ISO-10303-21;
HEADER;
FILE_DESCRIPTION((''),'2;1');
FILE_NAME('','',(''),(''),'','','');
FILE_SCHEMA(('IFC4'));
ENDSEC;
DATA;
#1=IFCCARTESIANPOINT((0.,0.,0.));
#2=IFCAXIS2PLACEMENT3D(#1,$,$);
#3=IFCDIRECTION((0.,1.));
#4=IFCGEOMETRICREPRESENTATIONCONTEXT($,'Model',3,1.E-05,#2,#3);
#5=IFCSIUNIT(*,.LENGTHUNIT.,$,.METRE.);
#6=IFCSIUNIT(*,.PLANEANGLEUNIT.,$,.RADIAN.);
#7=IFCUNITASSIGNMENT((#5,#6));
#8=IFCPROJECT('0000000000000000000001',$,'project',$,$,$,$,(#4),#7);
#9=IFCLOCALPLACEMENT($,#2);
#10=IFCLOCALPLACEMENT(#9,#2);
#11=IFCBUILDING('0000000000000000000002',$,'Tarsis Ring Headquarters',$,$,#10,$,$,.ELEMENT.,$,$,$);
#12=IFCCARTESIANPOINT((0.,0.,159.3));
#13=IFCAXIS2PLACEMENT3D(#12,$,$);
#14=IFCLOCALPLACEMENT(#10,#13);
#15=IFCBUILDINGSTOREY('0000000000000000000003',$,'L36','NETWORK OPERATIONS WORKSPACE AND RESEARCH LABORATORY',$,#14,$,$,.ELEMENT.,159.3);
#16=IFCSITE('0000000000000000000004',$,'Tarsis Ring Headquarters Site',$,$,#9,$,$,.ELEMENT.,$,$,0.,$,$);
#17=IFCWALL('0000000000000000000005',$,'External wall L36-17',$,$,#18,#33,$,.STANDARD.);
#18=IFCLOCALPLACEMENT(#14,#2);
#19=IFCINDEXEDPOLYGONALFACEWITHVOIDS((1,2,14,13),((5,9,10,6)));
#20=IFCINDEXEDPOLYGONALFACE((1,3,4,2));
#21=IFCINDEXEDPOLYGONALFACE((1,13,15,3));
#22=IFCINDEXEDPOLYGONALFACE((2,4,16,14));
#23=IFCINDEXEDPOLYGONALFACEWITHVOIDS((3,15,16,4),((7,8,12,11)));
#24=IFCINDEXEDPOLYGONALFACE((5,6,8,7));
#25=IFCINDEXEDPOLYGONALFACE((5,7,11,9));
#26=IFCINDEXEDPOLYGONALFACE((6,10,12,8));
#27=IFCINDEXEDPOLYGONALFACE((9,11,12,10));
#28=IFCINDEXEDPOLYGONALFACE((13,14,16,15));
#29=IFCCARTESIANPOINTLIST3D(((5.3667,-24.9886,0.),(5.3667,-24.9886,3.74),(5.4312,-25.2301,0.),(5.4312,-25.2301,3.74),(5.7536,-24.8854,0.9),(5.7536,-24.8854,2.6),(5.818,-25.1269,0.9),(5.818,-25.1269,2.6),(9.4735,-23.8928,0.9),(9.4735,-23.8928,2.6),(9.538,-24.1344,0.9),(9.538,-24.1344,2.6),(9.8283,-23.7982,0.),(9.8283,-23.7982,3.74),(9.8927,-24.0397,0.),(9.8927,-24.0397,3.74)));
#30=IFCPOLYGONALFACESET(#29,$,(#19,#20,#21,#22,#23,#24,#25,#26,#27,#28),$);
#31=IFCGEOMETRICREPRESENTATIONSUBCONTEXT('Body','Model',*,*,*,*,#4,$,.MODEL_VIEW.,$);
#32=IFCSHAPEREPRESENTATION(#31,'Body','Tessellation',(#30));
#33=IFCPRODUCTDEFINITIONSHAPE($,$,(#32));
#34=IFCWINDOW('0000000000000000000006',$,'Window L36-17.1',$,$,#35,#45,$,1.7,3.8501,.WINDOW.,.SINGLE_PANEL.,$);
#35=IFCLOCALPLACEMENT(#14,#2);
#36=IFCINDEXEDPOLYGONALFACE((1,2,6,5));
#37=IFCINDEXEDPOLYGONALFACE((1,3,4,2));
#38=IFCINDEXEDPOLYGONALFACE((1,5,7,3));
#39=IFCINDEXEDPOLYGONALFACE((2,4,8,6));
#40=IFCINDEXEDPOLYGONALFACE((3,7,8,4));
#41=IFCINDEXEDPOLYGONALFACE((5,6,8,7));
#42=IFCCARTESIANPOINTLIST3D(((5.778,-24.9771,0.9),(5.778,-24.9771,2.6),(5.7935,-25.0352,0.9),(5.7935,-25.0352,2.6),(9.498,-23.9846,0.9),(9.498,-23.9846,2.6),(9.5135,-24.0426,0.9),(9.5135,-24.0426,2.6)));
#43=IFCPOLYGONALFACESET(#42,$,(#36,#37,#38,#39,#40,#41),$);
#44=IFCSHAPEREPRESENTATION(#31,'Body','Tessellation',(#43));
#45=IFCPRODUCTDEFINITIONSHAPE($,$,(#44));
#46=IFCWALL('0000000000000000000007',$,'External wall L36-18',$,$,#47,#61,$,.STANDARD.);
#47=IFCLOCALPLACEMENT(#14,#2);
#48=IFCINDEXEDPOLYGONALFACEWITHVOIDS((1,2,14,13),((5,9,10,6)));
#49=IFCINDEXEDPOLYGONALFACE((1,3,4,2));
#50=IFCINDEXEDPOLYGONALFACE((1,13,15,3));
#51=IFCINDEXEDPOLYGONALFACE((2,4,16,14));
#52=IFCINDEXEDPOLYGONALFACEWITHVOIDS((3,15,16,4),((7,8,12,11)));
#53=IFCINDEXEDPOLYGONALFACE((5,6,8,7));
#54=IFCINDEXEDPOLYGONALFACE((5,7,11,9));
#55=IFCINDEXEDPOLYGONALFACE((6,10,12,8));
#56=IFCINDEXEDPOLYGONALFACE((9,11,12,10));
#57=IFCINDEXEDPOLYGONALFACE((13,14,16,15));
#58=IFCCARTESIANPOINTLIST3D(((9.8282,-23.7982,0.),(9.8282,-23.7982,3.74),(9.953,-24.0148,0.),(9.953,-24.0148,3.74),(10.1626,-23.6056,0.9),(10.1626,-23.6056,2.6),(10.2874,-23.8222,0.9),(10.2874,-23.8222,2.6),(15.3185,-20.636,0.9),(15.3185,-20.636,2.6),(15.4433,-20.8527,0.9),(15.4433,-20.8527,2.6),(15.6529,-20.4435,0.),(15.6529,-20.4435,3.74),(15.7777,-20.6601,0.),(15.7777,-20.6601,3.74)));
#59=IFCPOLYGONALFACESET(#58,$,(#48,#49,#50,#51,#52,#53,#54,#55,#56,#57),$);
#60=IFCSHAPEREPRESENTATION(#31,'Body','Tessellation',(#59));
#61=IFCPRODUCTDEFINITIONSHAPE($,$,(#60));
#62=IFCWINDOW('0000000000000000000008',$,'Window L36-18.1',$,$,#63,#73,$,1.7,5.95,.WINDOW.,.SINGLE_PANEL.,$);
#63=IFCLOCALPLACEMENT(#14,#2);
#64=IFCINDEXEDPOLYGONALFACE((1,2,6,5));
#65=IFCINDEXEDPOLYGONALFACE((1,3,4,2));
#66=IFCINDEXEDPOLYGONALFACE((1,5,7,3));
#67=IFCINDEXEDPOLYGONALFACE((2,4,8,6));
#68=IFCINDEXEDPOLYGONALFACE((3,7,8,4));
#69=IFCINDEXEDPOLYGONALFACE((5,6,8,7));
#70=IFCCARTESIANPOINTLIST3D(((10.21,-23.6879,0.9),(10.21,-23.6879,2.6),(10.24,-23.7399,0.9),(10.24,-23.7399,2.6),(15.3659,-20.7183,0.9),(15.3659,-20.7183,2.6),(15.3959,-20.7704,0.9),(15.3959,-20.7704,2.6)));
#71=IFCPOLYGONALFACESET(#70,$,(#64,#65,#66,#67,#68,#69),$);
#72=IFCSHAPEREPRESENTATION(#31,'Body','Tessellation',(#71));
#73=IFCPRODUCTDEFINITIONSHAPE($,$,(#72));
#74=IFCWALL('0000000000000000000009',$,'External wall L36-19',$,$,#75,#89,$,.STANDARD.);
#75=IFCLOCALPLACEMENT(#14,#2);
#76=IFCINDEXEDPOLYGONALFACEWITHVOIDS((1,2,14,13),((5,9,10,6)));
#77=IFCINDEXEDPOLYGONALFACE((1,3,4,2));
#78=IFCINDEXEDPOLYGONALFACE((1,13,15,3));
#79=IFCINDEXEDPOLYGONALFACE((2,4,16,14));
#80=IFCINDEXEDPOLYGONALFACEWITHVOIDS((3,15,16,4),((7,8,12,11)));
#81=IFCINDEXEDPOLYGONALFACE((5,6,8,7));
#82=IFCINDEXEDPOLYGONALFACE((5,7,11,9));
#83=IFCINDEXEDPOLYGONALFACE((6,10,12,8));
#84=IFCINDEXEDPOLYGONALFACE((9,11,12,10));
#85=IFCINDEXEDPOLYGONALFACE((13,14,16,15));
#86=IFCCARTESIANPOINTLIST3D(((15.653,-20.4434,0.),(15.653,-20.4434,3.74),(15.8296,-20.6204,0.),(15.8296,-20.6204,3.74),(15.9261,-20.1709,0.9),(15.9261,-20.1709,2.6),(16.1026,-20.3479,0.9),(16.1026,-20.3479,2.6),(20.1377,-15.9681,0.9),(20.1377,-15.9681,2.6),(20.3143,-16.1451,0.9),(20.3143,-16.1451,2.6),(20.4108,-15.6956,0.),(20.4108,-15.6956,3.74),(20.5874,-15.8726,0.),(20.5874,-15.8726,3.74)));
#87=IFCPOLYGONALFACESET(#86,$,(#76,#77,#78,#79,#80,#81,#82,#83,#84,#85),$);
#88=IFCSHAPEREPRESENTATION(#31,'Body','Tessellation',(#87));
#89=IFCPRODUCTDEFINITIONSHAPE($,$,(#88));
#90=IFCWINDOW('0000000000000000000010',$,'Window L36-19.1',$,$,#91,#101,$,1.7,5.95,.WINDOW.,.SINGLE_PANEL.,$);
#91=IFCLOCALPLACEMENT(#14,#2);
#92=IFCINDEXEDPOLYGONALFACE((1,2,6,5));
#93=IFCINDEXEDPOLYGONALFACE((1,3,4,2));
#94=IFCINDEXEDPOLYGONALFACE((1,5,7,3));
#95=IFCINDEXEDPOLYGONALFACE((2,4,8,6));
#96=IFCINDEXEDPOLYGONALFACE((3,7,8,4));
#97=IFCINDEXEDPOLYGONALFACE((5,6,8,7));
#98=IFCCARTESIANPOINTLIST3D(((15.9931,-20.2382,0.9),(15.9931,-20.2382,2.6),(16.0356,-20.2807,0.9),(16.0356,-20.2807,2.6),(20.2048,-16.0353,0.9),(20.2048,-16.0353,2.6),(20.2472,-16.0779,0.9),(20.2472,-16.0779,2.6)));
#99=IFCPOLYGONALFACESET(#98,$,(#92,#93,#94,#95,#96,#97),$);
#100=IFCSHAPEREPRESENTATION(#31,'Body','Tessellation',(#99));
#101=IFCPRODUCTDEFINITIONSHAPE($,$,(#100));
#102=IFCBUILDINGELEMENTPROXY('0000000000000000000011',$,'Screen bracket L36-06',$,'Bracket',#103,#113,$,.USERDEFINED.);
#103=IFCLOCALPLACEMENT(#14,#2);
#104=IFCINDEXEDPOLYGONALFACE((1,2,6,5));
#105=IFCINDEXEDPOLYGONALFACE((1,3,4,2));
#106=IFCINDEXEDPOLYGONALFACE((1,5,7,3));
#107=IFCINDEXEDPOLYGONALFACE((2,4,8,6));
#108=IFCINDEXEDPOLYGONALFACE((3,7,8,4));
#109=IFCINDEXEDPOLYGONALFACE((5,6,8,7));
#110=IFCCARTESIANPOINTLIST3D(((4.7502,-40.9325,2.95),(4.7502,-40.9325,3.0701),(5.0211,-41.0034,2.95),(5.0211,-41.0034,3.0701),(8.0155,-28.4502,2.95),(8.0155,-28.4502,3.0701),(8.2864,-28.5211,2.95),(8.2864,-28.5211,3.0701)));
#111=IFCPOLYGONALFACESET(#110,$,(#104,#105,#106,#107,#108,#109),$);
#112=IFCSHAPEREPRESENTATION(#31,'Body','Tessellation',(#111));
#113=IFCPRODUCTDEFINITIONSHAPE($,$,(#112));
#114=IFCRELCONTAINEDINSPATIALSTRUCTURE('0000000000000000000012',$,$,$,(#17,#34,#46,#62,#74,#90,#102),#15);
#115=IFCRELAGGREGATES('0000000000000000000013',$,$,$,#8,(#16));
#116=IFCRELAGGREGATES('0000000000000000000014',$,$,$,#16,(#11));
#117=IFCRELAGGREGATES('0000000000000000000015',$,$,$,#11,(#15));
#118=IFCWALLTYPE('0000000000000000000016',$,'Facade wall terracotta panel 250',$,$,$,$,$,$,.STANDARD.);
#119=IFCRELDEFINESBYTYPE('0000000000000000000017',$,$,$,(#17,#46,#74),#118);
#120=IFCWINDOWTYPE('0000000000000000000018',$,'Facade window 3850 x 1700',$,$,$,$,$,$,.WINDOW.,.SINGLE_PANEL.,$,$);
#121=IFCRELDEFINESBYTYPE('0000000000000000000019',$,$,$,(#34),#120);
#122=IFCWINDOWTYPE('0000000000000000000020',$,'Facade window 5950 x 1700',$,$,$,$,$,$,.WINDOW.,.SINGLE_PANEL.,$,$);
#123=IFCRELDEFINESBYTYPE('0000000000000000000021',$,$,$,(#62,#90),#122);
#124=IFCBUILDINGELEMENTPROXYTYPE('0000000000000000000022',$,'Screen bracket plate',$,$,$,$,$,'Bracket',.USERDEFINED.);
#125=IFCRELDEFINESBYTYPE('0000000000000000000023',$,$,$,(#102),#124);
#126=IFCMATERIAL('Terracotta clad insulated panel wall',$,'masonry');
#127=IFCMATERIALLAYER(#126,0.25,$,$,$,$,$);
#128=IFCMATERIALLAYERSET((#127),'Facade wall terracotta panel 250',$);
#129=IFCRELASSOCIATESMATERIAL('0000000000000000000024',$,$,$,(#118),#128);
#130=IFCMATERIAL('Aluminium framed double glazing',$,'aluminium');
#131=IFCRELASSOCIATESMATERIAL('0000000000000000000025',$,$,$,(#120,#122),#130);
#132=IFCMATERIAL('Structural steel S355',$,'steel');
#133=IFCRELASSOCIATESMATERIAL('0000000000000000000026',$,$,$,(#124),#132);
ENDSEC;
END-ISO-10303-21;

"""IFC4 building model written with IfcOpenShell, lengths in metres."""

from ifc_helpers import new_model, si_unit, direction, frame, frame_2d, origin, origin_2d, place, context, subcontext, project, spatial, rectangle, extrude, material, layer, layer_set, type_object, element, fill, save


model = new_model("IFC4")

# Units and contexts
model_context = context("Model", 3, precision=1e-05, world=origin(), true_north=direction((0.0, 1.0)))
body_context = subcontext(model_context, "Body", "Model", "MODEL_VIEW")
ifc_project = project(units=[si_unit("LENGTHUNIT", "METRE"), si_unit("PLANEANGLEUNIT", "RADIAN")], contexts=[model_context])

# Site, building, storey
site_placement = place(None, origin())
site = spatial("IfcSite", under=ifc_project, at=site_placement, Name="Tarsis Ring Headquarters Site", CompositionType="ELEMENT", RefElevation=0.0)
building_placement = place(site_placement, origin())
building = spatial("IfcBuilding", under=site, at=building_placement, Name="Tarsis Ring Headquarters", CompositionType="ELEMENT")
storey_placement = place(building_placement, frame((0.0, 0.0, 159.3)))
storey = spatial("IfcBuildingStorey", under=building, at=storey_placement, Name="L36", Description="NETWORK OPERATIONS WORKSPACE AND RESEARCH LABORATORY", CompositionType="ELEMENT", Elevation=159.3)

# Shared definitions
ifc_material_1 = material(Name="Structural steel S355", Category="steel")

# Walls, openings, windows
ifc_material_2 = material(Name="Terracotta clad insulated panel wall", Category="masonry")
ifc_layer_1 = layer(ifc_material_2, 0.25)
ifc_layer_set_1 = layer_set([ifc_layer_1], Name="Facade wall terracotta panel 250")
wall_type_1 = type_object("IfcWallType", Name="Facade wall terracotta panel 250", PredefinedType="STANDARD", material=ifc_layer_set_1)
wall_1_placement = place(storey_placement, frame((5.3989, -25.1094, 0.0), z_axis=(0.0, 0.0, 1.0), x_axis=(0.9662, 0.257794, 0.0)))
wall_1 = element("IfcWall", 1, at=wall_1_placement, inside=storey, type_object=wall_type_1, Name="External wall L36-17", PredefinedType="STANDARD", context=body_context, shape_type="SweptSolid", body=[
    extrude(rectangle(XDim=4.6177, YDim=0.25, at=frame_2d((2.3088, 0.0))), origin(), (0.0, 0.0, 1.0), 3.74),
])
opening_1_placement = place(wall_1_placement, frame((0.4004, 0.0, 0.8999)))
opening_1 = element("IfcOpeningElement", 2, at=opening_1_placement, cuts=wall_1, PredefinedType="OPENING", context=body_context, shape_type="SweptSolid", body=[
    extrude(rectangle(XDim=3.8501, YDim=1.7, at=frame_2d((1.925, 0.8501))), frame((0.0, 0.135, 0.0), z_axis=(0.0, -1.0, 0.0), x_axis=(1.0, 0.0, 0.0)), (0.0, 0.0, 1.0), 0.27),
])
ifc_material_3 = material(Name="Aluminium framed double glazing", Category="aluminium")
window_type_1 = type_object("IfcWindowType", Name="Facade window 3850 x 1700", PartitioningType="SINGLE_PANEL", PredefinedType="WINDOW", material=ifc_material_3)
window_1_placement = place(opening_1_placement, origin())
window_1 = element("IfcWindow", 3, at=window_1_placement, inside=storey, type_object=window_type_1, Name="Window L36-17.1", OverallHeight=1.7, OverallWidth=3.8501, PartitioningType="SINGLE_PANEL", PredefinedType="WINDOW", context=body_context, shape_type="SweptSolid", body=[
    extrude(rectangle(XDim=3.8501, YDim=1.7, at=frame_2d((1.925, 0.8501))), frame((0.0, 0.03, 0.0), z_axis=(0.0, -1.0, 0.0), x_axis=(1.0, 0.0, 0.0)), (0.0, 0.0, 1.0), 0.0601),
])
fill(opening_1, window_1)
wall_2_placement = place(storey_placement, frame((9.8906, -23.9065, 0.0), z_axis=(0.0, 0.0, 1.0), x_axis=(0.866551, 0.499089, 0.0)))
wall_2 = element("IfcWall", 4, at=wall_2_placement, inside=storey, type_object=wall_type_1, Name="External wall L36-18", PredefinedType="STANDARD", context=body_context, shape_type="SweptSolid", body=[
    extrude(rectangle(XDim=6.7217, YDim=0.25, at=frame_2d((3.3608, 0.0))), origin(), (0.0, 0.0, 1.0), 3.74),
])
opening_2_placement = place(wall_2_placement, frame((0.3857, 0.0, 0.8999)))
opening_2 = element("IfcOpeningElement", 5, at=opening_2_placement, cuts=wall_2, PredefinedType="OPENING", context=body_context, shape_type="SweptSolid", body=[
    extrude(rectangle(XDim=5.95, YDim=1.7, at=frame_2d((2.9751, 0.8501))), frame((0.0, 0.135, 0.0), z_axis=(0.0, -1.0, 0.0), x_axis=(1.0, 0.0, 0.0)), (0.0, 0.0, 1.0), 0.27),
])
window_type_2 = type_object("IfcWindowType", Name="Facade window 5950 x 1700", PartitioningType="SINGLE_PANEL", PredefinedType="WINDOW", material=ifc_material_3)
window_2_placement = place(opening_2_placement, origin())
window_2 = element("IfcWindow", 6, at=window_2_placement, inside=storey, type_object=window_type_2, Name="Window L36-18.1", OverallHeight=1.7, OverallWidth=5.95, PartitioningType="SINGLE_PANEL", PredefinedType="WINDOW", context=body_context, shape_type="SweptSolid", body=[
    extrude(rectangle(XDim=5.95, YDim=1.7, at=frame_2d((2.9751, 0.8501))), frame((0.0, 0.03, 0.0), z_axis=(0.0, -1.0, 0.0), x_axis=(1.0, 0.0, 0.0)), (0.0, 0.0, 1.0), 0.0601),
])
fill(opening_2, window_2)
wall_3_placement = place(storey_placement, frame((15.7412, -20.532, 0.0), z_axis=(0.0, 0.0, 1.0), x_axis=(0.707851, 0.706362, 0.0)))
wall_3 = element("IfcWall", 7, at=wall_3_placement, inside=storey, type_object=wall_type_1, Name="External wall L36-19", PredefinedType="STANDARD", context=body_context, shape_type="SweptSolid", body=[
    extrude(rectangle(XDim=6.7214, YDim=0.25, at=frame_2d((3.3608, 0.0))), origin(), (0.0, 0.0, 1.0), 3.74),
])
opening_3_placement = place(wall_3_placement, frame((0.3857, 0.0, 0.8999)))
opening_3 = element("IfcOpeningElement", 8, at=opening_3_placement, cuts=wall_3, PredefinedType="OPENING", context=body_context, shape_type="SweptSolid", body=[
    extrude(rectangle(XDim=5.95, YDim=1.7, at=frame_2d((2.9751, 0.8501))), frame((0.0, 0.135, 0.0), z_axis=(0.0, -1.0, 0.0), x_axis=(1.0, 0.0, 0.0)), (0.0, 0.0, 1.0), 0.27),
])
window_3_placement = place(opening_3_placement, origin())
window_3 = element("IfcWindow", 9, at=window_3_placement, inside=storey, type_object=window_type_2, Name="Window L36-19.1", OverallHeight=1.7, OverallWidth=5.95, PartitioningType="SINGLE_PANEL", PredefinedType="WINDOW", context=body_context, shape_type="SweptSolid", body=[
    extrude(rectangle(XDim=5.95, YDim=1.7, at=frame_2d((2.9751, 0.8501))), frame((0.0, 0.03, 0.0), z_axis=(0.0, -1.0, 0.0), x_axis=(1.0, 0.0, 0.0)), (0.0, 0.0, 1.0), 0.0601),
])
fill(opening_3, window_3)

# Building element proxy
building_element_proxy_type = type_object("IfcBuildingElementProxyType", Name="Screen bracket plate", ElementType="Bracket", PredefinedType="USERDEFINED", material=ifc_material_1)
proxy_placement = place(storey_placement, frame((6.5183, -34.7268, 2.95), z_axis=(0.0, 0.0, 1.0), x_axis=(0.253083, 0.967445, 0.0)))
element("IfcBuildingElementProxy", 10, at=proxy_placement, inside=storey, type_object=building_element_proxy_type, Name="Screen bracket L36-06", ObjectType="Bracket", PredefinedType="USERDEFINED", context=body_context, shape_type="SweptSolid", body=[
    extrude(rectangle(XDim=12.9023, YDim=0.28, at=origin_2d()), origin(), (0.0, 0.0, 1.0), 0.1201),
])

save(model, "model.ifc")
